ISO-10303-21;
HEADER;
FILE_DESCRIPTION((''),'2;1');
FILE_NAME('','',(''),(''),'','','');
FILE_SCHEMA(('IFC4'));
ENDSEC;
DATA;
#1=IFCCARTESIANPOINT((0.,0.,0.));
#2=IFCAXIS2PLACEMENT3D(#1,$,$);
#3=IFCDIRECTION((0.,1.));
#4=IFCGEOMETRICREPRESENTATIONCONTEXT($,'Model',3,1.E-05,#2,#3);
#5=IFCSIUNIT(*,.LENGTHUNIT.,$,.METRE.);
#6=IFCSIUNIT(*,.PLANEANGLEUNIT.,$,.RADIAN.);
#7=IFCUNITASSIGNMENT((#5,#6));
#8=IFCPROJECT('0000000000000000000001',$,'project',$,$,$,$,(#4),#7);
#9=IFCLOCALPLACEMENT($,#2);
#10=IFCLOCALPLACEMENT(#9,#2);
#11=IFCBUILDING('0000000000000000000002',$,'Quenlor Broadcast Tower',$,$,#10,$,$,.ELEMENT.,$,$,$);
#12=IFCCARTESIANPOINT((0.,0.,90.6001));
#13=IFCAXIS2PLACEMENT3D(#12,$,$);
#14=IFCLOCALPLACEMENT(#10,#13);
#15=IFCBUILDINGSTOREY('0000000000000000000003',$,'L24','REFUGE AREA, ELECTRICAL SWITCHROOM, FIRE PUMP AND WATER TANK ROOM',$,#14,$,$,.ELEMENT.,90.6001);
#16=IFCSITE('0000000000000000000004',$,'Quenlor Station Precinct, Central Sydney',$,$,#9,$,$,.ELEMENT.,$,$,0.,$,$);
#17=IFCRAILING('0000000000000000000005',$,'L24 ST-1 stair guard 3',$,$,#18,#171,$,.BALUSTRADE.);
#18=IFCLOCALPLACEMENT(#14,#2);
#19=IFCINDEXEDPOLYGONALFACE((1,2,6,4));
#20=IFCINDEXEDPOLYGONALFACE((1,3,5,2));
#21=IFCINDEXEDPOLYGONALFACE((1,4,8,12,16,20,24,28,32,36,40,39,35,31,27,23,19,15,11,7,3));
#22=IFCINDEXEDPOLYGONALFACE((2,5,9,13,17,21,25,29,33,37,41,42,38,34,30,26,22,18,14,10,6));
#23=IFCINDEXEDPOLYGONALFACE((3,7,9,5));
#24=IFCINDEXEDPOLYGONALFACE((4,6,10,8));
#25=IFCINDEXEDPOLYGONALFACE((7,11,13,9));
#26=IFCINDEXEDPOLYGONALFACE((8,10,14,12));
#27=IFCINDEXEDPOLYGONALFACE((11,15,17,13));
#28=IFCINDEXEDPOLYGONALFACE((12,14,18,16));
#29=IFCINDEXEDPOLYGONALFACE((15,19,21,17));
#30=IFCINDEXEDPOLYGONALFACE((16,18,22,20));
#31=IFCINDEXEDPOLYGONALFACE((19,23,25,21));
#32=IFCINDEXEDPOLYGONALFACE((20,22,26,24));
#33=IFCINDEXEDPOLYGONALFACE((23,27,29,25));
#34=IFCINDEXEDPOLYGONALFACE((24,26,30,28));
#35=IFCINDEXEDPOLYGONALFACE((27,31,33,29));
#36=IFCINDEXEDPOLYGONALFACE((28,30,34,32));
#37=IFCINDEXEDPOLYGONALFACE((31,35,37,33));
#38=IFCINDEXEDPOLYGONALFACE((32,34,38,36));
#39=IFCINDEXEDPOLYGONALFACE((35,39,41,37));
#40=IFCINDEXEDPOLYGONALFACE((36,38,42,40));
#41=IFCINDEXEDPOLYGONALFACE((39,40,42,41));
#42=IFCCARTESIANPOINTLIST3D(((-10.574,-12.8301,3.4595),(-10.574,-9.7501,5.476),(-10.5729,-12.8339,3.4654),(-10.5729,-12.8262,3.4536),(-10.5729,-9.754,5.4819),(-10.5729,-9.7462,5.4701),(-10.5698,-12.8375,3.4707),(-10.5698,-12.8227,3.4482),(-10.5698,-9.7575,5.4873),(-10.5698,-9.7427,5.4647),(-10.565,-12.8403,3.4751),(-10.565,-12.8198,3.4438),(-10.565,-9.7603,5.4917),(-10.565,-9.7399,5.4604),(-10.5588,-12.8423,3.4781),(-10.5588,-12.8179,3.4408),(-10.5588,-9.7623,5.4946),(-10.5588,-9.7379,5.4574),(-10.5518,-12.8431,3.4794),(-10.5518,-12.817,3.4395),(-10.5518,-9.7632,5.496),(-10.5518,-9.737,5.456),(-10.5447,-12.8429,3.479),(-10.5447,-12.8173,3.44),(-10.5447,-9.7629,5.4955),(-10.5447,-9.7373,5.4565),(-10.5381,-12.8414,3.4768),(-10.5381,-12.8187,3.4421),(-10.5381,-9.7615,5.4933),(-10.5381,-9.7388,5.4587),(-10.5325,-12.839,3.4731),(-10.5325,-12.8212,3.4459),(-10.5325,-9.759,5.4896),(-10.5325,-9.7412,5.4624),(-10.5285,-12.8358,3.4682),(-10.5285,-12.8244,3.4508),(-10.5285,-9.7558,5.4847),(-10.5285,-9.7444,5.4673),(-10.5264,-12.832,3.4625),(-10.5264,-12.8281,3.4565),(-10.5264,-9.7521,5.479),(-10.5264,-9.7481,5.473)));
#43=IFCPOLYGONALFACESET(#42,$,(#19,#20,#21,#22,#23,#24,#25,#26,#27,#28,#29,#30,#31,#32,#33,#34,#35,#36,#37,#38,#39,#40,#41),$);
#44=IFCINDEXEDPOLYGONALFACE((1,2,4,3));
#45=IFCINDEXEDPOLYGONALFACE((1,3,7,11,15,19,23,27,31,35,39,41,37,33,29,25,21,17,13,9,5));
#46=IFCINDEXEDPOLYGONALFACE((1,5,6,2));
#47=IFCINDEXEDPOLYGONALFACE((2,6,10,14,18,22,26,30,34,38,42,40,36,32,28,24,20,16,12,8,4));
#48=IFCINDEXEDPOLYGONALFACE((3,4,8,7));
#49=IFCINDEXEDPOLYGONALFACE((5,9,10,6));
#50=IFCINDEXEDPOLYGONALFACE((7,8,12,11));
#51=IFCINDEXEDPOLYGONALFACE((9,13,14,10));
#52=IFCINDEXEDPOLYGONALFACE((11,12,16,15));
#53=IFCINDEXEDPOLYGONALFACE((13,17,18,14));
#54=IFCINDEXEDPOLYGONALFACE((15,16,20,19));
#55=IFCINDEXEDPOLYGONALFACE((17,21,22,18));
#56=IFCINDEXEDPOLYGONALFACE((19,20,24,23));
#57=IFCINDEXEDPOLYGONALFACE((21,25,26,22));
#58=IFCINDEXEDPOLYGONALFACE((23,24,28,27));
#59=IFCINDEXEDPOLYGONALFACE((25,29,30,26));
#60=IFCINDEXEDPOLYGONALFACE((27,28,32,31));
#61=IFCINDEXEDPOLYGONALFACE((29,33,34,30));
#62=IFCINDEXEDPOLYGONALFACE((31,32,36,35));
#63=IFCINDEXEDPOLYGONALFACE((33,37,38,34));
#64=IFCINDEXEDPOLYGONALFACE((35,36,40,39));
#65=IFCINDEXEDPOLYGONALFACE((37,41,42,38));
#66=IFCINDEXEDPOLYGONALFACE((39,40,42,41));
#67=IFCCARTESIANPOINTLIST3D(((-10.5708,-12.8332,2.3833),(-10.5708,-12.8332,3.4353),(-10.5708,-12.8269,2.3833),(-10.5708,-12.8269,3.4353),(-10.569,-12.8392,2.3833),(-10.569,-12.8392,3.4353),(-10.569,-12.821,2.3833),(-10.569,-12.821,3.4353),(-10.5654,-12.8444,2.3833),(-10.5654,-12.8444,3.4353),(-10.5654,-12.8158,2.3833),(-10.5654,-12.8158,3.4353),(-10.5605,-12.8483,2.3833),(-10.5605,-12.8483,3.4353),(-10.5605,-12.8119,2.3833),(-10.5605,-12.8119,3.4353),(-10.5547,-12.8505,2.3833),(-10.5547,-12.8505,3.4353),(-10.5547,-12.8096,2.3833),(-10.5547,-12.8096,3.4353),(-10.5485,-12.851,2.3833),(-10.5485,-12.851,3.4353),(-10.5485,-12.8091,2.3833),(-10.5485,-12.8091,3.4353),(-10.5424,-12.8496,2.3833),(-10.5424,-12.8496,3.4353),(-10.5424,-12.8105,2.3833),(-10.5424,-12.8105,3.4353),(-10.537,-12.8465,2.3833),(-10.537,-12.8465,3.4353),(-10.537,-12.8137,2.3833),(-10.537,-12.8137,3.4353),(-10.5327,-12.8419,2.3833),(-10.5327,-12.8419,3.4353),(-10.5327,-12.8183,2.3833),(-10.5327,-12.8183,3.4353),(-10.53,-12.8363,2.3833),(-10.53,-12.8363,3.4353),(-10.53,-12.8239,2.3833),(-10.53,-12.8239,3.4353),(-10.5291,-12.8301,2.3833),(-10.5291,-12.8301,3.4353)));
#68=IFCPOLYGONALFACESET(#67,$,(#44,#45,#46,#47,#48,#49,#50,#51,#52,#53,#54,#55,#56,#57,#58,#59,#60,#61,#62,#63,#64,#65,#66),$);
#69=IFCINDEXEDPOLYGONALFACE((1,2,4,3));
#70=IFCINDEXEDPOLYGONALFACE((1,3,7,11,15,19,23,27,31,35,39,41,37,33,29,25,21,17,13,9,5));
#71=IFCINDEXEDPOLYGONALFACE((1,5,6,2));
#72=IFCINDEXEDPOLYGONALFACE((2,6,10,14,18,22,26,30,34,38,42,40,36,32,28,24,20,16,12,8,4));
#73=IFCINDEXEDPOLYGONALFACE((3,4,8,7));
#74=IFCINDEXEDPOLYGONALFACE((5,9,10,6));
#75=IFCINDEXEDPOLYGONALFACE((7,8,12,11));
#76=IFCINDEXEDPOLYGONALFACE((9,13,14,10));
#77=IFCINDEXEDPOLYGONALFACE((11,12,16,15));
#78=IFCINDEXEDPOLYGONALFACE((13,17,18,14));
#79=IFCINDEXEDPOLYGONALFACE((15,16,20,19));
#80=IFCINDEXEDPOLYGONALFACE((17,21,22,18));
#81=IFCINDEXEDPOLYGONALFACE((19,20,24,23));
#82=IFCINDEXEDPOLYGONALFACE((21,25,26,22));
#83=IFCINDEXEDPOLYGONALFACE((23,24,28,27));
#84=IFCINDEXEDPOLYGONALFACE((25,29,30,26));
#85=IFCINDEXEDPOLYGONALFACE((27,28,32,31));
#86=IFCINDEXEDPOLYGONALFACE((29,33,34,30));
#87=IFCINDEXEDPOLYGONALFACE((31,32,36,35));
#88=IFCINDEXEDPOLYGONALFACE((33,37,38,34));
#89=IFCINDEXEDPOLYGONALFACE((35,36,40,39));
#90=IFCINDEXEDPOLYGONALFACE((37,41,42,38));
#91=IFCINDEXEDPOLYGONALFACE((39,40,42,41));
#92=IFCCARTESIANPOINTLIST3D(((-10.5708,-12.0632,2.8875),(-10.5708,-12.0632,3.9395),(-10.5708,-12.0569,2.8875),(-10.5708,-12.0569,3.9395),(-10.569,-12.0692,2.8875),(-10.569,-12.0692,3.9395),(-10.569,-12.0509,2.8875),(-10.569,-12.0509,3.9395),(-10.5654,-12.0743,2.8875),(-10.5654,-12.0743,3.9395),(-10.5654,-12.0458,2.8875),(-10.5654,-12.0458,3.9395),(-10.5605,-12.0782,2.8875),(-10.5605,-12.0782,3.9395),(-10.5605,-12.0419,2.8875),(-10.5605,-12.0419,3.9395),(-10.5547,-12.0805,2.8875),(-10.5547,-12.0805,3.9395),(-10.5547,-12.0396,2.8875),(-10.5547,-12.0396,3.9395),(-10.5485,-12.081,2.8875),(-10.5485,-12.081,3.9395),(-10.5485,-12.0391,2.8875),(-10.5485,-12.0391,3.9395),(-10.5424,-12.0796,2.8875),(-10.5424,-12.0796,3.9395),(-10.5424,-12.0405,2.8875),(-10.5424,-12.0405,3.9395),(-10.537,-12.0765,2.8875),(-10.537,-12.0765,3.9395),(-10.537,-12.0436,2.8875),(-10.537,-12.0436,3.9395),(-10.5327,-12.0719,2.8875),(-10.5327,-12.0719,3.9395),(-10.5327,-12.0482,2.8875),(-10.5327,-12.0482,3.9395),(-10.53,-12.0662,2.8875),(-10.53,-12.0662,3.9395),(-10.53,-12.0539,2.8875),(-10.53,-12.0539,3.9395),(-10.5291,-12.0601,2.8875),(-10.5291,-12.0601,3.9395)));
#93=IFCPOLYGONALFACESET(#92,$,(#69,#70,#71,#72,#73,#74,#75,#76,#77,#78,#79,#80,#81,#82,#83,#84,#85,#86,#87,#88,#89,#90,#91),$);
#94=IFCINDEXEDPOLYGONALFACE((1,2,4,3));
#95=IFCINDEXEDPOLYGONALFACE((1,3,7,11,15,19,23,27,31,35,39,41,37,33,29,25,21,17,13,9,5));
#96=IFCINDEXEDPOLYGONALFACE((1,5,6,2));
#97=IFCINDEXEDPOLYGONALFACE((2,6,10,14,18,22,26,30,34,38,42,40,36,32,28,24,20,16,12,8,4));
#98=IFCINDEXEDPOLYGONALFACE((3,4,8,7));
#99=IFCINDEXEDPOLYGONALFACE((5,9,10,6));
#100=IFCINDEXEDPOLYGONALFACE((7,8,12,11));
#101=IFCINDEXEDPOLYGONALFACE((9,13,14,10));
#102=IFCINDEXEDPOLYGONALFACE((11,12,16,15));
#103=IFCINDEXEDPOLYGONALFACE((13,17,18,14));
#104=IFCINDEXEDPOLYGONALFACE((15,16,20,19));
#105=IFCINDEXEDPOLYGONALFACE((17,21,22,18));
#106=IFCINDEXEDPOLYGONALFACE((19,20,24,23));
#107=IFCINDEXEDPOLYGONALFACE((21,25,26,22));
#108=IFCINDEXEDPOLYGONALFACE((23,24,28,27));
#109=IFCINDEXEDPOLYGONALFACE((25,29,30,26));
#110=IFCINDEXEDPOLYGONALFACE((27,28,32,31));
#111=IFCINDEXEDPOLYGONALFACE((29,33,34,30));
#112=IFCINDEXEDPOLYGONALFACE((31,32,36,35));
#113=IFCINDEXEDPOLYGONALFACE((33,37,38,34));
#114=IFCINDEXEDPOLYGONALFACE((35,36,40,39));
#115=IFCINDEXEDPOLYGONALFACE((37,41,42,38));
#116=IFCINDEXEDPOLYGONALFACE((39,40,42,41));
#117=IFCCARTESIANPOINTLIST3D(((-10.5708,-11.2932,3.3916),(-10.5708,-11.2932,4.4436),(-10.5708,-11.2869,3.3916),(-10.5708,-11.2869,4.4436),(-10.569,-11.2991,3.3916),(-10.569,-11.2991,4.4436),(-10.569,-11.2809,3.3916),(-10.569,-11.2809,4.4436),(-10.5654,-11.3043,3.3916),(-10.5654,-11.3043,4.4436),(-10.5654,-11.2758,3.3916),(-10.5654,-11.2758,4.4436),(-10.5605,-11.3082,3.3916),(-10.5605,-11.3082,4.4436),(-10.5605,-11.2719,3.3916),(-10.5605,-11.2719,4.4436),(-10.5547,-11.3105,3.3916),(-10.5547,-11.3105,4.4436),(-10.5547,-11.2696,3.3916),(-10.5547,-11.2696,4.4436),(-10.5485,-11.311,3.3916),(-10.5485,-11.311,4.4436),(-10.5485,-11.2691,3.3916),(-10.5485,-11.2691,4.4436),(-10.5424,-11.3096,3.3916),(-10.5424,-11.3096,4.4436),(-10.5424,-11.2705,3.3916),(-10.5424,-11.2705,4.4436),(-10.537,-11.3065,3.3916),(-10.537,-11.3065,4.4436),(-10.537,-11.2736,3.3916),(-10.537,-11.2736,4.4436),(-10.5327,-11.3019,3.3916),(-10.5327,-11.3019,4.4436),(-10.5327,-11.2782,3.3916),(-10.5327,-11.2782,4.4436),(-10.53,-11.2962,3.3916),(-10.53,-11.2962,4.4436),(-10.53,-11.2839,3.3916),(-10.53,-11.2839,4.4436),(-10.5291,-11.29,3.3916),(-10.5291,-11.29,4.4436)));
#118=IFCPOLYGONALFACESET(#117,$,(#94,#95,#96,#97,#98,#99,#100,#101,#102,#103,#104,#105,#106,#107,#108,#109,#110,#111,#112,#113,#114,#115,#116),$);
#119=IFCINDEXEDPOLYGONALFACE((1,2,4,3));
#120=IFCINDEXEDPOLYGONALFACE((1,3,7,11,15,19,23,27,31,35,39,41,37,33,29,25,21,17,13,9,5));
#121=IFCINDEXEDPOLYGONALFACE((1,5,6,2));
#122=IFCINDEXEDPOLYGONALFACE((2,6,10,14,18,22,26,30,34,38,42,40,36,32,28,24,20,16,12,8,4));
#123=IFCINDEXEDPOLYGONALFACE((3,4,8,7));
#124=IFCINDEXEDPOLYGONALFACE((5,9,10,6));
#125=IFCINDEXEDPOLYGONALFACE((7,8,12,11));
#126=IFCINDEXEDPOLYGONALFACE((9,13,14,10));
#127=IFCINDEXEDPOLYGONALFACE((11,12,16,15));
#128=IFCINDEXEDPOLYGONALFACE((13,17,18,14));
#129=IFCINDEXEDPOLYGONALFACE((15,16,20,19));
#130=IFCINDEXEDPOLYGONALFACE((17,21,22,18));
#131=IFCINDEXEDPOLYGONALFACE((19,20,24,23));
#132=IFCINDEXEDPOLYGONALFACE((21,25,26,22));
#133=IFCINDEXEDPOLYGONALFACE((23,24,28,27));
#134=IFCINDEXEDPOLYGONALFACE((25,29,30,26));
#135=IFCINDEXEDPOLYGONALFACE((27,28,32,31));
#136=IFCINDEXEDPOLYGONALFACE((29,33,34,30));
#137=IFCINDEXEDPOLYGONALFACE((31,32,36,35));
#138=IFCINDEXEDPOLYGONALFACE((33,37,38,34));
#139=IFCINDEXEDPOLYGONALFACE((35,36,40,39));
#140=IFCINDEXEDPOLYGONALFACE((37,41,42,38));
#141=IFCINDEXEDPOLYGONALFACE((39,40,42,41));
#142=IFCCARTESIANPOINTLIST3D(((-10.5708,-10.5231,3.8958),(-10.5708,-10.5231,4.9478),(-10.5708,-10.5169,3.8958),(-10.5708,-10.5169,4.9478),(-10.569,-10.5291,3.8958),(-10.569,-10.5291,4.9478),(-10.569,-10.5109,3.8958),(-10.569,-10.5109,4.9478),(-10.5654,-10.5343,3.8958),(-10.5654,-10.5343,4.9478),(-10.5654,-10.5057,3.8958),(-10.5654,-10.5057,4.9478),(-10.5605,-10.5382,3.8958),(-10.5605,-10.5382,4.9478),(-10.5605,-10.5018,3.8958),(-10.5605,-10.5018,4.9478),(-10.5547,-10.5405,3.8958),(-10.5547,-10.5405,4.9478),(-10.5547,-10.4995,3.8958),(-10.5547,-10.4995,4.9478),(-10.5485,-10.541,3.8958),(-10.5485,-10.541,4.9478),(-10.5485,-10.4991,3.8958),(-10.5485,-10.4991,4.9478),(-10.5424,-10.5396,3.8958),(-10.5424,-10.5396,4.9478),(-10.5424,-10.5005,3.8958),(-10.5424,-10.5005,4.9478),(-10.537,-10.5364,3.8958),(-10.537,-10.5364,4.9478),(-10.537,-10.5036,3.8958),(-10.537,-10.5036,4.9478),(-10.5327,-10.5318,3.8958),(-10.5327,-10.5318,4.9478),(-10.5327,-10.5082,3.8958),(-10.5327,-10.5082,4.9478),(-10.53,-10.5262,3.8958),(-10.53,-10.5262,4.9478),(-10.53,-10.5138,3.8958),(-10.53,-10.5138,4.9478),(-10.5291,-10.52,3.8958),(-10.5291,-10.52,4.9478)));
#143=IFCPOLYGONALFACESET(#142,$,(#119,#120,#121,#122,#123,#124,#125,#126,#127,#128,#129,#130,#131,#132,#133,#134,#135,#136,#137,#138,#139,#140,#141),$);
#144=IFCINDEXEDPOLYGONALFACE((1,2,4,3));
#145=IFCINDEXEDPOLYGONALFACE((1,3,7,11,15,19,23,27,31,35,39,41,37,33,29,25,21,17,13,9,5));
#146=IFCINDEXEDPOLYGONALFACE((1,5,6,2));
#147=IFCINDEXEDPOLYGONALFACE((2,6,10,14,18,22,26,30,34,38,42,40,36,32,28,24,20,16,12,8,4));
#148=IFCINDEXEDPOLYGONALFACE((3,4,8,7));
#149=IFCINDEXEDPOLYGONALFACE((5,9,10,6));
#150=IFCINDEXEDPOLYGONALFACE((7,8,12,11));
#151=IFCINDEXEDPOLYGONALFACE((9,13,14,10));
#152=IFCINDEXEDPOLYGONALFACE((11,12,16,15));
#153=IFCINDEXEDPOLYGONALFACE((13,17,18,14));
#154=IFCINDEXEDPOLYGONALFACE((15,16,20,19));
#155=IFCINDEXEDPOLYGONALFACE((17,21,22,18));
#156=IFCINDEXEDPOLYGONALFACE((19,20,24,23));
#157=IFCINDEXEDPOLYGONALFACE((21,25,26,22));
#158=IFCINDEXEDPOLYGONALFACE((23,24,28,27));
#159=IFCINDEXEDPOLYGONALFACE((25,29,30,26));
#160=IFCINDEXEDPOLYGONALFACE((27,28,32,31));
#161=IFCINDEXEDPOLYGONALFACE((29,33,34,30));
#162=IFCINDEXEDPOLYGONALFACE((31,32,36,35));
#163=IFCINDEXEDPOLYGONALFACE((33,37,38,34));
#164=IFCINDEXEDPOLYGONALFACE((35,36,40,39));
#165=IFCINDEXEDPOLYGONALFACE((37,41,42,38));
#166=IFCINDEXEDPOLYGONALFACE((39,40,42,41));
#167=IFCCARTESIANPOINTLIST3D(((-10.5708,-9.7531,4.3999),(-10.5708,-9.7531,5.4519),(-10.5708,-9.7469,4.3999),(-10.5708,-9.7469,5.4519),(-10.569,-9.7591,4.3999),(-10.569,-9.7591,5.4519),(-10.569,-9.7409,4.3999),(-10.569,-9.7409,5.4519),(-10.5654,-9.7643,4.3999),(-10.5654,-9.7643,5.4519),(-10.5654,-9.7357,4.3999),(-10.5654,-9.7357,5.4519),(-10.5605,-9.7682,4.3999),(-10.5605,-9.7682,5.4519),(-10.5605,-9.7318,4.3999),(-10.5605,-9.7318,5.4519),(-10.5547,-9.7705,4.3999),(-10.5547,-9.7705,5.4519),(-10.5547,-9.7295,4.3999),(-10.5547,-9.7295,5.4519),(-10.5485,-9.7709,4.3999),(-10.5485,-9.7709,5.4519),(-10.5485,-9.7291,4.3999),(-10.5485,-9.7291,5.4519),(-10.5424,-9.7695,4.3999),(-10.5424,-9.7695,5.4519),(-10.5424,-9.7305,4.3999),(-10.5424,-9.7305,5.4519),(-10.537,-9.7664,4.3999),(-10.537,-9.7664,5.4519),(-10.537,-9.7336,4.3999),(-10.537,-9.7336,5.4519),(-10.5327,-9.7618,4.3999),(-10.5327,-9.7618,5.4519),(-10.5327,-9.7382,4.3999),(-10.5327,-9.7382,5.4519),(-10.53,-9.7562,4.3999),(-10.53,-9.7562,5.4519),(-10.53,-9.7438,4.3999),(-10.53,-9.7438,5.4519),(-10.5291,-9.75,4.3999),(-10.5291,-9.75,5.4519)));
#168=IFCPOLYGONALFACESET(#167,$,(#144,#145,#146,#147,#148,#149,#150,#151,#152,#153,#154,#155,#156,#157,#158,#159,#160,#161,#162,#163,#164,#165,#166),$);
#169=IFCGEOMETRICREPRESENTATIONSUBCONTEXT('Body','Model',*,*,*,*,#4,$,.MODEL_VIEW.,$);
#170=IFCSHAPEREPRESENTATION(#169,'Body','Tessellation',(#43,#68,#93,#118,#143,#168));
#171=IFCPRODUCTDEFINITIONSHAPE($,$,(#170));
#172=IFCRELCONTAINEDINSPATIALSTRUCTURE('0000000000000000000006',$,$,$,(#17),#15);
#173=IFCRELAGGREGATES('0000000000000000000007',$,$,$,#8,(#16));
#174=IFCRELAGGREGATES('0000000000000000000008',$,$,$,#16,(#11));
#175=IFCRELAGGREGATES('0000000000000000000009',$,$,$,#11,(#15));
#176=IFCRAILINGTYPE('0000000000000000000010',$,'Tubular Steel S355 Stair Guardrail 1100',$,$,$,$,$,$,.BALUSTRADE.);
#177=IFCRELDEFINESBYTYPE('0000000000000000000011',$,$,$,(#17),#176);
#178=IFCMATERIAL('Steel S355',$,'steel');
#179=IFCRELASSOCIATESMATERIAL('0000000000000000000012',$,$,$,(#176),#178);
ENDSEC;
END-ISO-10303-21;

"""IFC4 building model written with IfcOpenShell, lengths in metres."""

from ifc_helpers import new_model, si_unit, direction, frame, origin, origin_2d, place, context, subcontext, project, spatial, circle, extrude, material, type_object, element, save


model = new_model("IFC4")

# Units and contexts
model_context = context("Model", 3, precision=1e-05, world=origin(), true_north=direction((0.0, 1.0)))
body_context = subcontext(model_context, "Body", "Model", "MODEL_VIEW")
ifc_project = project(units=[si_unit("LENGTHUNIT", "METRE"), si_unit("PLANEANGLEUNIT", "RADIAN")], contexts=[model_context])

# Site, building, storey
site_placement = place(None, origin())
site = spatial("IfcSite", under=ifc_project, at=site_placement, Name="Quenlor Station Precinct, Central Sydney", CompositionType="ELEMENT", RefElevation=0.0)
building_placement = place(site_placement, origin())
building = spatial("IfcBuilding", under=site, at=building_placement, Name="Quenlor Broadcast Tower", CompositionType="ELEMENT")
storey_placement = place(building_placement, frame((0.0, 0.0, 90.6001)))
storey = spatial("IfcBuildingStorey", under=building, at=storey_placement, Name="L24", Description="REFUGE AREA, ELECTRICAL SWITCHROOM, FIRE PUMP AND WATER TANK ROOM", CompositionType="ELEMENT", Elevation=90.6001)

# Railing
ifc_material_1 = material(Name="Steel S355", Category="steel")
railing_type_1 = type_object("IfcRailingType", Name="Tubular Steel S355 Stair Guardrail 1100", PredefinedType="BALUSTRADE", material=ifc_material_1)
railing_1_placement = place(storey_placement, frame((-10.55, -12.8301, 2.3833)))
element("IfcRailing", 1, at=railing_1_placement, inside=storey, type_object=railing_type_1, Name="L24 ST-1 stair guard 3", PredefinedType="BALUSTRADE", context=body_context, shape_type="SweptSolid", body=[
    extrude(circle(Radius=0.0239, at=origin_2d()), frame((0.0, 0.0, 1.0762), z_axis=(0.0, 0.836633, 0.547764), x_axis=(-1.0, 0.0, 0.0)), (0.0, 0.0, 1.0), 3.6814),
    extrude(circle(Radius=0.021, at=origin_2d()), origin(), (0.0, 0.0, 1.0), 1.052),
    extrude(circle(Radius=0.021, at=origin_2d()), frame((0.0, 0.77, 0.5042)), (0.0, 0.0, 1.0), 1.052),
    extrude(circle(Radius=0.021, at=origin_2d()), frame((0.0, 1.54, 1.0083)), (0.0, 0.0, 1.0), 1.052),
    extrude(circle(Radius=0.021, at=origin_2d()), frame((0.0, 2.3101, 1.5125)), (0.0, 0.0, 1.0), 1.052),
    extrude(circle(Radius=0.021, at=origin_2d()), frame((0.0, 3.0801, 2.0166)), (0.0, 0.0, 1.0), 1.052),
])

save(model, "model.ifc")
